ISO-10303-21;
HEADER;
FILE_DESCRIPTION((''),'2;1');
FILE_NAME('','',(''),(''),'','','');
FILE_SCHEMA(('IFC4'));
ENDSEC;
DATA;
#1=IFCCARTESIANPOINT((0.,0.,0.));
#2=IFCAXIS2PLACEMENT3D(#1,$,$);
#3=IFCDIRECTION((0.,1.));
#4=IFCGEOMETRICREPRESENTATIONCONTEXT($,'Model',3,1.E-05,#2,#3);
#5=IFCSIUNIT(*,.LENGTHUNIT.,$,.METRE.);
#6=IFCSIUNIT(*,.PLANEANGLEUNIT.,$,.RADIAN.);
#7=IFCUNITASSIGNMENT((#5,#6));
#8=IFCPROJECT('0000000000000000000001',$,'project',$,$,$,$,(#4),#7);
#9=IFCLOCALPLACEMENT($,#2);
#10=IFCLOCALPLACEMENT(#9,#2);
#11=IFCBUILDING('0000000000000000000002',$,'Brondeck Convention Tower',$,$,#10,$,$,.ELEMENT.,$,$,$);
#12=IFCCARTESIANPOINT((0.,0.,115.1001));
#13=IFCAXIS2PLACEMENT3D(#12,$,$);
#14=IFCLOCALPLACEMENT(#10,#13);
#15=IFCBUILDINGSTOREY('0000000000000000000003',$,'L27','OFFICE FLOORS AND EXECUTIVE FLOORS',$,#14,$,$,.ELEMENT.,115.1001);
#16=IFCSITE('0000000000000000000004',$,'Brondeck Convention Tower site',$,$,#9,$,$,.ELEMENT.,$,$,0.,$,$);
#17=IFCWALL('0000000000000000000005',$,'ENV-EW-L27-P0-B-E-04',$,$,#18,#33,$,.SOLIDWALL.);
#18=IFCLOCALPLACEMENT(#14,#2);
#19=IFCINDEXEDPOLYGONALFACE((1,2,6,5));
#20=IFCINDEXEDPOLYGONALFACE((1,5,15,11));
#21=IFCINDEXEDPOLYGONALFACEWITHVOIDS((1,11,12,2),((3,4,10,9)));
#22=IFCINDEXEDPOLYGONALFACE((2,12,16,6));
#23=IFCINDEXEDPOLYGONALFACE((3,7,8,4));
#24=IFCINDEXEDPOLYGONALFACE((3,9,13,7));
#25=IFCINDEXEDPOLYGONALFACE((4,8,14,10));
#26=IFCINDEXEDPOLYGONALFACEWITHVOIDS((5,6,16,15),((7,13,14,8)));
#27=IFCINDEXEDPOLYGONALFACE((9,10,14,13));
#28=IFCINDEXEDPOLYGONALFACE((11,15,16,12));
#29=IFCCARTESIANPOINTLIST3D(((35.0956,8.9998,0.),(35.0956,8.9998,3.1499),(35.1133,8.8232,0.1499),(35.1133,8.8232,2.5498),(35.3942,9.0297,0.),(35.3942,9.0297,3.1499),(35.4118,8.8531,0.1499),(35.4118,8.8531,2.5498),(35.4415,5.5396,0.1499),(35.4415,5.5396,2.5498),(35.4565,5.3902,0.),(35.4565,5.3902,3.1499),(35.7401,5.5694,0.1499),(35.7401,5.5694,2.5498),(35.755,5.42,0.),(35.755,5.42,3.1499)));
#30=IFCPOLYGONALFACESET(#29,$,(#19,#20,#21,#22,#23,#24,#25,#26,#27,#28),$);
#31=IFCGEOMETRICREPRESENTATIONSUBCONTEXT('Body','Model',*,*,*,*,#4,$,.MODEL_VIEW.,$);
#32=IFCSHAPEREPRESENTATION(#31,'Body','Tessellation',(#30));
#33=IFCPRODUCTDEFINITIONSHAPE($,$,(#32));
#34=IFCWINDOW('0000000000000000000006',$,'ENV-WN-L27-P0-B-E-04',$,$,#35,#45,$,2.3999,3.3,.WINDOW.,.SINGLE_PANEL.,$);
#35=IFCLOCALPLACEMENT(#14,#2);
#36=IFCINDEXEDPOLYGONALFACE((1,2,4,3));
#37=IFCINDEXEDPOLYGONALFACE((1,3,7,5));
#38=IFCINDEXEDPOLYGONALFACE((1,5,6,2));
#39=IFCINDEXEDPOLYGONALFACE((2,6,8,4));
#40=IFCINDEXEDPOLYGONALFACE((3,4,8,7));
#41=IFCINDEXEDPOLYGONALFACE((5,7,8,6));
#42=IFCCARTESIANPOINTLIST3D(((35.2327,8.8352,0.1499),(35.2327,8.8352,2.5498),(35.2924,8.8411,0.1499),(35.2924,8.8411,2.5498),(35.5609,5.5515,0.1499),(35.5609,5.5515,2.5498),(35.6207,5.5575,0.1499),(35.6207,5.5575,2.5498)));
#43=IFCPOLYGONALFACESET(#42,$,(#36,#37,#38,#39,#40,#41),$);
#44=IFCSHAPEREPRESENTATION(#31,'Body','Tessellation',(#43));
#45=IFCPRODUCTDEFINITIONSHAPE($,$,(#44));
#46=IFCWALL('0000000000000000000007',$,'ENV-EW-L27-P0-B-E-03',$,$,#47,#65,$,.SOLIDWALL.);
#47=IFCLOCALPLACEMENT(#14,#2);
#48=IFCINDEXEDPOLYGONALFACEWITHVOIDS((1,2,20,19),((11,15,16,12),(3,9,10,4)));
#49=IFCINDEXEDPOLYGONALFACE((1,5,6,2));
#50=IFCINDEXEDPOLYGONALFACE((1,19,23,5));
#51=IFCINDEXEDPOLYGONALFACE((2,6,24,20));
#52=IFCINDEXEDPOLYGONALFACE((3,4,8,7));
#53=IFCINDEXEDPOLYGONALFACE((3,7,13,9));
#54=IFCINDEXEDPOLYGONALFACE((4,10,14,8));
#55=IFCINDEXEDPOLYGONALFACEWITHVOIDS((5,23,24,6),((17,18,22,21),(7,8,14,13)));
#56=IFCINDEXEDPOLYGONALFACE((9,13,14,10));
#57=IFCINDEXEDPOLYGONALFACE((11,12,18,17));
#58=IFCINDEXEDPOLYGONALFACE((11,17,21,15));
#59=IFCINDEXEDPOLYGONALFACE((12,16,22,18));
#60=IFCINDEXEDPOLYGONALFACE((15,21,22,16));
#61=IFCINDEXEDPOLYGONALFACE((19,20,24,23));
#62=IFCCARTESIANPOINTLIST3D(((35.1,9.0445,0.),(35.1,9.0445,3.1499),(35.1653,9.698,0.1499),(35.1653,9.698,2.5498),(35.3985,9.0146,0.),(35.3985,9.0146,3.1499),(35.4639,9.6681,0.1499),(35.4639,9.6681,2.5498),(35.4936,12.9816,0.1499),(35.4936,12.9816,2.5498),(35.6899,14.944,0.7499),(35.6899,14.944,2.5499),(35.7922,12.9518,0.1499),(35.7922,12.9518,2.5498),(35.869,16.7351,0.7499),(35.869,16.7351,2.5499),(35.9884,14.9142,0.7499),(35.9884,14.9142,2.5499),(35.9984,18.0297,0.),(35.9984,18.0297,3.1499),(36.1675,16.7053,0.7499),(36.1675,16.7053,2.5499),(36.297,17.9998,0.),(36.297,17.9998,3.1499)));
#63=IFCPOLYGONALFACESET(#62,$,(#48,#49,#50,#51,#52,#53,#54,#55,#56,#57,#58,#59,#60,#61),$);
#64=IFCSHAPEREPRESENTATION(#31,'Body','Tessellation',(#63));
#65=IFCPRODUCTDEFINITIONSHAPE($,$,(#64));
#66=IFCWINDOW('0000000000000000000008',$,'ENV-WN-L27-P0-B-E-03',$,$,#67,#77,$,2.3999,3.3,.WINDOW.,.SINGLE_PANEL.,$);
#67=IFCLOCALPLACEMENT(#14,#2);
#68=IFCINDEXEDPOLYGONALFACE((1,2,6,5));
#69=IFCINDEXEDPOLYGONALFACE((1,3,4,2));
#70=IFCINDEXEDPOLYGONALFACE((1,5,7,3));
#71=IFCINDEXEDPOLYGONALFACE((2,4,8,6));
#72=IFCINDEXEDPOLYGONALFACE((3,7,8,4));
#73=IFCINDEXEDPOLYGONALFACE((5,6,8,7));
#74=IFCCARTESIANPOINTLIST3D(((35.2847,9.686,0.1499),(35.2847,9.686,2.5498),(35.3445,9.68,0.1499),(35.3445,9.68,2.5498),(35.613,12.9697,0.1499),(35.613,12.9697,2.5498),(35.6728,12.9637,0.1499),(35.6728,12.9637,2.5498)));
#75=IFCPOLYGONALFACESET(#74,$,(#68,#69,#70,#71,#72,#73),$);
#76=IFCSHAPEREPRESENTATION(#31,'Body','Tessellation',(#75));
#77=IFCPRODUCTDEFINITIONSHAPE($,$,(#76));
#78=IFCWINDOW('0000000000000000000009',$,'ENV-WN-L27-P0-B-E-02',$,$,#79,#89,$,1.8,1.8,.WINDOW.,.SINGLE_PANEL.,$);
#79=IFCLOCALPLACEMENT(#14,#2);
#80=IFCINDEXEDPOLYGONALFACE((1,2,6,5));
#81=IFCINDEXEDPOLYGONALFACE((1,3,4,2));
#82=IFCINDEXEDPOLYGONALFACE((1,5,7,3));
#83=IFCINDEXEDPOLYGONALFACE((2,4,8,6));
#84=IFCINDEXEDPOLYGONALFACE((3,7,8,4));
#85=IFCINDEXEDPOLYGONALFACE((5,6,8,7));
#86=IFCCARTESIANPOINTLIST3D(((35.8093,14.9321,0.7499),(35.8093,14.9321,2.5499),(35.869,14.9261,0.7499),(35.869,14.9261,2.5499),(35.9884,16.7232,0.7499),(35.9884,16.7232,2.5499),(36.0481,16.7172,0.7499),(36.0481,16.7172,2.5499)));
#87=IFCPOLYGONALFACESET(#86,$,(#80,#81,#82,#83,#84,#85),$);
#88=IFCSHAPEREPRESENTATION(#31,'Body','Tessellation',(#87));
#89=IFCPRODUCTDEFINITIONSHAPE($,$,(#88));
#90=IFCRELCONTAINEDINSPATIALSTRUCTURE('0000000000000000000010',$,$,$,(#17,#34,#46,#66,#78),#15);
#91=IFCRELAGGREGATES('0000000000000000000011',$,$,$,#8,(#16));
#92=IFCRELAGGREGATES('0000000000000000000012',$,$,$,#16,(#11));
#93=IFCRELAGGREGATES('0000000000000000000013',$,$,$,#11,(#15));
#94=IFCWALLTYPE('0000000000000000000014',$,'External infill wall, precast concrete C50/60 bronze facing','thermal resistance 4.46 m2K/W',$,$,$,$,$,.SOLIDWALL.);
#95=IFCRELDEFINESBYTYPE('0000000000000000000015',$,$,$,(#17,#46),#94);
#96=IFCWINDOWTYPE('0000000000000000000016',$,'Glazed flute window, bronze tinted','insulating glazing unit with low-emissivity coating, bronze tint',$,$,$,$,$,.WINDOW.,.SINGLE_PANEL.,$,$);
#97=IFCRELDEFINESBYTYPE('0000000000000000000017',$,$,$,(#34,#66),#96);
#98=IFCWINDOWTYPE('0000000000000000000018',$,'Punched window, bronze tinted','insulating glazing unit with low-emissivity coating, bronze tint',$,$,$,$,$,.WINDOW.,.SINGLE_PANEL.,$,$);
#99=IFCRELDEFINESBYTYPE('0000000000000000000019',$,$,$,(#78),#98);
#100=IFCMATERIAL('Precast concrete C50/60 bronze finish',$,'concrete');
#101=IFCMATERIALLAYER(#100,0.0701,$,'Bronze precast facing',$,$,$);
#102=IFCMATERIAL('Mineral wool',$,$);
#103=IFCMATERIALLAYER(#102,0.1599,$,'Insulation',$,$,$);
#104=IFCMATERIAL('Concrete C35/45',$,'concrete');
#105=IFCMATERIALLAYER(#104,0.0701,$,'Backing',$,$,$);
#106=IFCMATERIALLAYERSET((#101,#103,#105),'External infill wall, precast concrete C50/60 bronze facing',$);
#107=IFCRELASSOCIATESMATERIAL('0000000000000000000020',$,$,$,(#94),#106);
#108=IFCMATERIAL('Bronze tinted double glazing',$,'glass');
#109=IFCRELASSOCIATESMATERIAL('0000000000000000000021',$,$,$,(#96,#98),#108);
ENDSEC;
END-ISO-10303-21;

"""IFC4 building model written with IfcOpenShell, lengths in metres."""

from ifc_helpers import new_model, si_unit, direction, frame, frame_2d, origin, place, context, subcontext, project, spatial, rectangle, extrude, material, layer, layer_set, type_object, element, fill, save


model = new_model("IFC4")

# Units and contexts
model_context = context("Model", 3, precision=1e-05, world=origin(), true_north=direction((0.0, 1.0)))
body_context = subcontext(model_context, "Body", "Model", "MODEL_VIEW")
ifc_project = project(units=[si_unit("LENGTHUNIT", "METRE"), si_unit("PLANEANGLEUNIT", "RADIAN")], contexts=[model_context])

# Site, building, storey
site_placement = place(None, origin())
site = spatial("IfcSite", under=ifc_project, at=site_placement, Name="Brondeck Convention Tower site", CompositionType="ELEMENT", RefElevation=0.0)
building_placement = place(site_placement, origin())
building = spatial("IfcBuilding", under=site, at=building_placement, Name="Brondeck Convention Tower", CompositionType="ELEMENT")
storey_placement = place(building_placement, frame((0.0, 0.0, 115.1001)))
storey = spatial("IfcBuildingStorey", under=building, at=storey_placement, Name="L27", Description="OFFICE FLOORS AND EXECUTIVE FLOORS", CompositionType="ELEMENT", Elevation=115.1001)

# Wall, opening, window
ifc_material_1 = material(Name="Precast concrete C50/60 bronze finish", Category="concrete")
ifc_layer_1 = layer(ifc_material_1, 0.0701, Name="Bronze precast facing")
ifc_material_2 = material(Name="Mineral wool")
ifc_layer_2 = layer(ifc_material_2, 0.1599, Name="Insulation")
ifc_material_3 = material(Name="Concrete C35/45", Category="concrete")
ifc_layer_3 = layer(ifc_material_3, 0.0701, Name="Backing")
ifc_layer_set = layer_set([ifc_layer_1, ifc_layer_2, ifc_layer_3], Name="External infill wall, precast concrete C50/60 bronze facing")
wall_type = type_object("IfcWallType", Name="External infill wall, precast concrete C50/60 bronze facing", Description="thermal resistance 4.46 m2K/W", PredefinedType="SOLIDWALL", material=ifc_layer_set)
wall_1_placement = place(storey_placement, frame((35.2449, 9.0149, 0.0), z_axis=(0.0, 0.0, 1.0), x_axis=(0.09947, -0.995041, 0.0)))
wall_1 = element("IfcWall", 1, at=wall_1_placement, inside=storey, type_object=wall_type, Name="ENV-EW-L27-P0-B-E-04", PredefinedType="SOLIDWALL", context=body_context, shape_type="SweptSolid", body=[
    extrude(rectangle(XDim=3.6277, YDim=0.3, at=frame_2d((1.814, 0.0))), origin(), (0.0, 0.0, 1.0), 3.1499),
])
opening_1_placement = place(wall_1_placement, frame((0.1777, 0.0, 0.1499)))
opening_1 = element("IfcOpeningElement", 2, at=opening_1_placement, cuts=wall_1, PredefinedType="OPENING", context=body_context, shape_type="SweptSolid", body=[
    extrude(rectangle(XDim=3.3, YDim=2.3999, at=frame_2d((1.6499, 1.2))), frame((0.0, 0.1599, 0.0), z_axis=(0.0, -1.0, 0.0), x_axis=(1.0, 0.0, 0.0)), (0.0, 0.0, 1.0), 0.3201),
])
ifc_material_4 = material(Name="Bronze tinted double glazing", Category="glass")
window_type_1 = type_object("IfcWindowType", Name="Glazed flute window, bronze tinted", Description="insulating glazing unit with low-emissivity coating, bronze tint", PartitioningType="SINGLE_PANEL", PredefinedType="WINDOW", material=ifc_material_4)
window_1_placement = place(opening_1_placement, origin())
window_1 = element("IfcWindow", 3, at=window_1_placement, inside=storey, type_object=window_type_1, Name="ENV-WN-L27-P0-B-E-04", OverallHeight=2.3999, OverallWidth=3.3, PartitioningType="SINGLE_PANEL", PredefinedType="WINDOW", context=body_context, shape_type="SweptSolid", body=[
    extrude(rectangle(XDim=3.3, YDim=2.3999, at=frame_2d((1.6499, 1.2))), frame((0.0, 0.03, 0.0), z_axis=(0.0, -1.0, 0.0), x_axis=(1.0, 0.0, 0.0)), (0.0, 0.0, 1.0), 0.0601),
])
fill(opening_1, window_1)

# Wall, openings, windows
wall_2_placement = place(storey_placement, frame((36.1477, 18.0149, 0.0), z_axis=(0.0, 0.0, 1.0), x_axis=(-0.099496, -0.995038, 0.0)))
wall_2 = element("IfcWall", 4, at=wall_2_placement, inside=storey, type_object=wall_type, Name="ENV-EW-L27-P0-B-E-03", PredefinedType="SOLIDWALL", context=body_context, shape_type="SweptSolid", body=[
    extrude(rectangle(XDim=9.03, YDim=0.3, at=frame_2d((4.5151, 0.0))), origin(), (0.0, 0.0, 1.0), 3.1499),
])
opening_2_placement = place(wall_2_placement, frame((1.3013, 0.0, 0.75)))
opening_2 = element("IfcOpeningElement", 5, at=opening_2_placement, cuts=wall_2, PredefinedType="OPENING", context=body_context, shape_type="SweptSolid", body=[
    extrude(rectangle(XDim=1.8, YDim=1.8, at=frame_2d((0.8999, 0.8999))), frame((0.0, 0.1599, 0.0), z_axis=(0.0, -1.0, 0.0), x_axis=(1.0, 0.0, 0.0)), (0.0, 0.0, 1.0), 0.3201),
])
opening_3_placement = place(wall_2_placement, frame((5.0735, 0.0, 0.1499)))
opening_3 = element("IfcOpeningElement", 6, at=opening_3_placement, cuts=wall_2, PredefinedType="OPENING", context=body_context, shape_type="SweptSolid", body=[
    extrude(rectangle(XDim=3.3, YDim=2.3999, at=frame_2d((1.6499, 1.2))), frame((0.0, 0.1599, 0.0), z_axis=(0.0, -1.0, 0.0), x_axis=(1.0, 0.0, 0.0)), (0.0, 0.0, 1.0), 0.3201),
])
window_2_placement = place(opening_3_placement, origin())
window_2 = element("IfcWindow", 7, at=window_2_placement, inside=storey, type_object=window_type_1, Name="ENV-WN-L27-P0-B-E-03", OverallHeight=2.3999, OverallWidth=3.3, PartitioningType="SINGLE_PANEL", PredefinedType="WINDOW", context=body_context, shape_type="SweptSolid", body=[
    extrude(rectangle(XDim=3.3, YDim=2.3999, at=frame_2d((1.6499, 1.2))), frame((0.0, 0.03, 0.0), z_axis=(0.0, -1.0, 0.0), x_axis=(1.0, 0.0, 0.0)), (0.0, 0.0, 1.0), 0.0601),
])
fill(opening_3, window_2)
window_type_2 = type_object("IfcWindowType", Name="Punched window, bronze tinted", Description="insulating glazing unit with low-emissivity coating, bronze tint", PartitioningType="SINGLE_PANEL", PredefinedType="WINDOW", material=ifc_material_4)
window_3_placement = place(opening_2_placement, origin())
window_3 = element("IfcWindow", 8, at=window_3_placement, inside=storey, type_object=window_type_2, Name="ENV-WN-L27-P0-B-E-02", OverallHeight=1.8, OverallWidth=1.8, PartitioningType="SINGLE_PANEL", PredefinedType="WINDOW", context=body_context, shape_type="SweptSolid", body=[
    extrude(rectangle(XDim=1.8, YDim=1.8, at=frame_2d((0.8999, 0.8999))), frame((0.0, 0.03, 0.0), z_axis=(0.0, -1.0, 0.0), x_axis=(1.0, 0.0, 0.0)), (0.0, 0.0, 1.0), 0.0601),
])
fill(opening_2, window_3)

save(model, "model.ifc")
